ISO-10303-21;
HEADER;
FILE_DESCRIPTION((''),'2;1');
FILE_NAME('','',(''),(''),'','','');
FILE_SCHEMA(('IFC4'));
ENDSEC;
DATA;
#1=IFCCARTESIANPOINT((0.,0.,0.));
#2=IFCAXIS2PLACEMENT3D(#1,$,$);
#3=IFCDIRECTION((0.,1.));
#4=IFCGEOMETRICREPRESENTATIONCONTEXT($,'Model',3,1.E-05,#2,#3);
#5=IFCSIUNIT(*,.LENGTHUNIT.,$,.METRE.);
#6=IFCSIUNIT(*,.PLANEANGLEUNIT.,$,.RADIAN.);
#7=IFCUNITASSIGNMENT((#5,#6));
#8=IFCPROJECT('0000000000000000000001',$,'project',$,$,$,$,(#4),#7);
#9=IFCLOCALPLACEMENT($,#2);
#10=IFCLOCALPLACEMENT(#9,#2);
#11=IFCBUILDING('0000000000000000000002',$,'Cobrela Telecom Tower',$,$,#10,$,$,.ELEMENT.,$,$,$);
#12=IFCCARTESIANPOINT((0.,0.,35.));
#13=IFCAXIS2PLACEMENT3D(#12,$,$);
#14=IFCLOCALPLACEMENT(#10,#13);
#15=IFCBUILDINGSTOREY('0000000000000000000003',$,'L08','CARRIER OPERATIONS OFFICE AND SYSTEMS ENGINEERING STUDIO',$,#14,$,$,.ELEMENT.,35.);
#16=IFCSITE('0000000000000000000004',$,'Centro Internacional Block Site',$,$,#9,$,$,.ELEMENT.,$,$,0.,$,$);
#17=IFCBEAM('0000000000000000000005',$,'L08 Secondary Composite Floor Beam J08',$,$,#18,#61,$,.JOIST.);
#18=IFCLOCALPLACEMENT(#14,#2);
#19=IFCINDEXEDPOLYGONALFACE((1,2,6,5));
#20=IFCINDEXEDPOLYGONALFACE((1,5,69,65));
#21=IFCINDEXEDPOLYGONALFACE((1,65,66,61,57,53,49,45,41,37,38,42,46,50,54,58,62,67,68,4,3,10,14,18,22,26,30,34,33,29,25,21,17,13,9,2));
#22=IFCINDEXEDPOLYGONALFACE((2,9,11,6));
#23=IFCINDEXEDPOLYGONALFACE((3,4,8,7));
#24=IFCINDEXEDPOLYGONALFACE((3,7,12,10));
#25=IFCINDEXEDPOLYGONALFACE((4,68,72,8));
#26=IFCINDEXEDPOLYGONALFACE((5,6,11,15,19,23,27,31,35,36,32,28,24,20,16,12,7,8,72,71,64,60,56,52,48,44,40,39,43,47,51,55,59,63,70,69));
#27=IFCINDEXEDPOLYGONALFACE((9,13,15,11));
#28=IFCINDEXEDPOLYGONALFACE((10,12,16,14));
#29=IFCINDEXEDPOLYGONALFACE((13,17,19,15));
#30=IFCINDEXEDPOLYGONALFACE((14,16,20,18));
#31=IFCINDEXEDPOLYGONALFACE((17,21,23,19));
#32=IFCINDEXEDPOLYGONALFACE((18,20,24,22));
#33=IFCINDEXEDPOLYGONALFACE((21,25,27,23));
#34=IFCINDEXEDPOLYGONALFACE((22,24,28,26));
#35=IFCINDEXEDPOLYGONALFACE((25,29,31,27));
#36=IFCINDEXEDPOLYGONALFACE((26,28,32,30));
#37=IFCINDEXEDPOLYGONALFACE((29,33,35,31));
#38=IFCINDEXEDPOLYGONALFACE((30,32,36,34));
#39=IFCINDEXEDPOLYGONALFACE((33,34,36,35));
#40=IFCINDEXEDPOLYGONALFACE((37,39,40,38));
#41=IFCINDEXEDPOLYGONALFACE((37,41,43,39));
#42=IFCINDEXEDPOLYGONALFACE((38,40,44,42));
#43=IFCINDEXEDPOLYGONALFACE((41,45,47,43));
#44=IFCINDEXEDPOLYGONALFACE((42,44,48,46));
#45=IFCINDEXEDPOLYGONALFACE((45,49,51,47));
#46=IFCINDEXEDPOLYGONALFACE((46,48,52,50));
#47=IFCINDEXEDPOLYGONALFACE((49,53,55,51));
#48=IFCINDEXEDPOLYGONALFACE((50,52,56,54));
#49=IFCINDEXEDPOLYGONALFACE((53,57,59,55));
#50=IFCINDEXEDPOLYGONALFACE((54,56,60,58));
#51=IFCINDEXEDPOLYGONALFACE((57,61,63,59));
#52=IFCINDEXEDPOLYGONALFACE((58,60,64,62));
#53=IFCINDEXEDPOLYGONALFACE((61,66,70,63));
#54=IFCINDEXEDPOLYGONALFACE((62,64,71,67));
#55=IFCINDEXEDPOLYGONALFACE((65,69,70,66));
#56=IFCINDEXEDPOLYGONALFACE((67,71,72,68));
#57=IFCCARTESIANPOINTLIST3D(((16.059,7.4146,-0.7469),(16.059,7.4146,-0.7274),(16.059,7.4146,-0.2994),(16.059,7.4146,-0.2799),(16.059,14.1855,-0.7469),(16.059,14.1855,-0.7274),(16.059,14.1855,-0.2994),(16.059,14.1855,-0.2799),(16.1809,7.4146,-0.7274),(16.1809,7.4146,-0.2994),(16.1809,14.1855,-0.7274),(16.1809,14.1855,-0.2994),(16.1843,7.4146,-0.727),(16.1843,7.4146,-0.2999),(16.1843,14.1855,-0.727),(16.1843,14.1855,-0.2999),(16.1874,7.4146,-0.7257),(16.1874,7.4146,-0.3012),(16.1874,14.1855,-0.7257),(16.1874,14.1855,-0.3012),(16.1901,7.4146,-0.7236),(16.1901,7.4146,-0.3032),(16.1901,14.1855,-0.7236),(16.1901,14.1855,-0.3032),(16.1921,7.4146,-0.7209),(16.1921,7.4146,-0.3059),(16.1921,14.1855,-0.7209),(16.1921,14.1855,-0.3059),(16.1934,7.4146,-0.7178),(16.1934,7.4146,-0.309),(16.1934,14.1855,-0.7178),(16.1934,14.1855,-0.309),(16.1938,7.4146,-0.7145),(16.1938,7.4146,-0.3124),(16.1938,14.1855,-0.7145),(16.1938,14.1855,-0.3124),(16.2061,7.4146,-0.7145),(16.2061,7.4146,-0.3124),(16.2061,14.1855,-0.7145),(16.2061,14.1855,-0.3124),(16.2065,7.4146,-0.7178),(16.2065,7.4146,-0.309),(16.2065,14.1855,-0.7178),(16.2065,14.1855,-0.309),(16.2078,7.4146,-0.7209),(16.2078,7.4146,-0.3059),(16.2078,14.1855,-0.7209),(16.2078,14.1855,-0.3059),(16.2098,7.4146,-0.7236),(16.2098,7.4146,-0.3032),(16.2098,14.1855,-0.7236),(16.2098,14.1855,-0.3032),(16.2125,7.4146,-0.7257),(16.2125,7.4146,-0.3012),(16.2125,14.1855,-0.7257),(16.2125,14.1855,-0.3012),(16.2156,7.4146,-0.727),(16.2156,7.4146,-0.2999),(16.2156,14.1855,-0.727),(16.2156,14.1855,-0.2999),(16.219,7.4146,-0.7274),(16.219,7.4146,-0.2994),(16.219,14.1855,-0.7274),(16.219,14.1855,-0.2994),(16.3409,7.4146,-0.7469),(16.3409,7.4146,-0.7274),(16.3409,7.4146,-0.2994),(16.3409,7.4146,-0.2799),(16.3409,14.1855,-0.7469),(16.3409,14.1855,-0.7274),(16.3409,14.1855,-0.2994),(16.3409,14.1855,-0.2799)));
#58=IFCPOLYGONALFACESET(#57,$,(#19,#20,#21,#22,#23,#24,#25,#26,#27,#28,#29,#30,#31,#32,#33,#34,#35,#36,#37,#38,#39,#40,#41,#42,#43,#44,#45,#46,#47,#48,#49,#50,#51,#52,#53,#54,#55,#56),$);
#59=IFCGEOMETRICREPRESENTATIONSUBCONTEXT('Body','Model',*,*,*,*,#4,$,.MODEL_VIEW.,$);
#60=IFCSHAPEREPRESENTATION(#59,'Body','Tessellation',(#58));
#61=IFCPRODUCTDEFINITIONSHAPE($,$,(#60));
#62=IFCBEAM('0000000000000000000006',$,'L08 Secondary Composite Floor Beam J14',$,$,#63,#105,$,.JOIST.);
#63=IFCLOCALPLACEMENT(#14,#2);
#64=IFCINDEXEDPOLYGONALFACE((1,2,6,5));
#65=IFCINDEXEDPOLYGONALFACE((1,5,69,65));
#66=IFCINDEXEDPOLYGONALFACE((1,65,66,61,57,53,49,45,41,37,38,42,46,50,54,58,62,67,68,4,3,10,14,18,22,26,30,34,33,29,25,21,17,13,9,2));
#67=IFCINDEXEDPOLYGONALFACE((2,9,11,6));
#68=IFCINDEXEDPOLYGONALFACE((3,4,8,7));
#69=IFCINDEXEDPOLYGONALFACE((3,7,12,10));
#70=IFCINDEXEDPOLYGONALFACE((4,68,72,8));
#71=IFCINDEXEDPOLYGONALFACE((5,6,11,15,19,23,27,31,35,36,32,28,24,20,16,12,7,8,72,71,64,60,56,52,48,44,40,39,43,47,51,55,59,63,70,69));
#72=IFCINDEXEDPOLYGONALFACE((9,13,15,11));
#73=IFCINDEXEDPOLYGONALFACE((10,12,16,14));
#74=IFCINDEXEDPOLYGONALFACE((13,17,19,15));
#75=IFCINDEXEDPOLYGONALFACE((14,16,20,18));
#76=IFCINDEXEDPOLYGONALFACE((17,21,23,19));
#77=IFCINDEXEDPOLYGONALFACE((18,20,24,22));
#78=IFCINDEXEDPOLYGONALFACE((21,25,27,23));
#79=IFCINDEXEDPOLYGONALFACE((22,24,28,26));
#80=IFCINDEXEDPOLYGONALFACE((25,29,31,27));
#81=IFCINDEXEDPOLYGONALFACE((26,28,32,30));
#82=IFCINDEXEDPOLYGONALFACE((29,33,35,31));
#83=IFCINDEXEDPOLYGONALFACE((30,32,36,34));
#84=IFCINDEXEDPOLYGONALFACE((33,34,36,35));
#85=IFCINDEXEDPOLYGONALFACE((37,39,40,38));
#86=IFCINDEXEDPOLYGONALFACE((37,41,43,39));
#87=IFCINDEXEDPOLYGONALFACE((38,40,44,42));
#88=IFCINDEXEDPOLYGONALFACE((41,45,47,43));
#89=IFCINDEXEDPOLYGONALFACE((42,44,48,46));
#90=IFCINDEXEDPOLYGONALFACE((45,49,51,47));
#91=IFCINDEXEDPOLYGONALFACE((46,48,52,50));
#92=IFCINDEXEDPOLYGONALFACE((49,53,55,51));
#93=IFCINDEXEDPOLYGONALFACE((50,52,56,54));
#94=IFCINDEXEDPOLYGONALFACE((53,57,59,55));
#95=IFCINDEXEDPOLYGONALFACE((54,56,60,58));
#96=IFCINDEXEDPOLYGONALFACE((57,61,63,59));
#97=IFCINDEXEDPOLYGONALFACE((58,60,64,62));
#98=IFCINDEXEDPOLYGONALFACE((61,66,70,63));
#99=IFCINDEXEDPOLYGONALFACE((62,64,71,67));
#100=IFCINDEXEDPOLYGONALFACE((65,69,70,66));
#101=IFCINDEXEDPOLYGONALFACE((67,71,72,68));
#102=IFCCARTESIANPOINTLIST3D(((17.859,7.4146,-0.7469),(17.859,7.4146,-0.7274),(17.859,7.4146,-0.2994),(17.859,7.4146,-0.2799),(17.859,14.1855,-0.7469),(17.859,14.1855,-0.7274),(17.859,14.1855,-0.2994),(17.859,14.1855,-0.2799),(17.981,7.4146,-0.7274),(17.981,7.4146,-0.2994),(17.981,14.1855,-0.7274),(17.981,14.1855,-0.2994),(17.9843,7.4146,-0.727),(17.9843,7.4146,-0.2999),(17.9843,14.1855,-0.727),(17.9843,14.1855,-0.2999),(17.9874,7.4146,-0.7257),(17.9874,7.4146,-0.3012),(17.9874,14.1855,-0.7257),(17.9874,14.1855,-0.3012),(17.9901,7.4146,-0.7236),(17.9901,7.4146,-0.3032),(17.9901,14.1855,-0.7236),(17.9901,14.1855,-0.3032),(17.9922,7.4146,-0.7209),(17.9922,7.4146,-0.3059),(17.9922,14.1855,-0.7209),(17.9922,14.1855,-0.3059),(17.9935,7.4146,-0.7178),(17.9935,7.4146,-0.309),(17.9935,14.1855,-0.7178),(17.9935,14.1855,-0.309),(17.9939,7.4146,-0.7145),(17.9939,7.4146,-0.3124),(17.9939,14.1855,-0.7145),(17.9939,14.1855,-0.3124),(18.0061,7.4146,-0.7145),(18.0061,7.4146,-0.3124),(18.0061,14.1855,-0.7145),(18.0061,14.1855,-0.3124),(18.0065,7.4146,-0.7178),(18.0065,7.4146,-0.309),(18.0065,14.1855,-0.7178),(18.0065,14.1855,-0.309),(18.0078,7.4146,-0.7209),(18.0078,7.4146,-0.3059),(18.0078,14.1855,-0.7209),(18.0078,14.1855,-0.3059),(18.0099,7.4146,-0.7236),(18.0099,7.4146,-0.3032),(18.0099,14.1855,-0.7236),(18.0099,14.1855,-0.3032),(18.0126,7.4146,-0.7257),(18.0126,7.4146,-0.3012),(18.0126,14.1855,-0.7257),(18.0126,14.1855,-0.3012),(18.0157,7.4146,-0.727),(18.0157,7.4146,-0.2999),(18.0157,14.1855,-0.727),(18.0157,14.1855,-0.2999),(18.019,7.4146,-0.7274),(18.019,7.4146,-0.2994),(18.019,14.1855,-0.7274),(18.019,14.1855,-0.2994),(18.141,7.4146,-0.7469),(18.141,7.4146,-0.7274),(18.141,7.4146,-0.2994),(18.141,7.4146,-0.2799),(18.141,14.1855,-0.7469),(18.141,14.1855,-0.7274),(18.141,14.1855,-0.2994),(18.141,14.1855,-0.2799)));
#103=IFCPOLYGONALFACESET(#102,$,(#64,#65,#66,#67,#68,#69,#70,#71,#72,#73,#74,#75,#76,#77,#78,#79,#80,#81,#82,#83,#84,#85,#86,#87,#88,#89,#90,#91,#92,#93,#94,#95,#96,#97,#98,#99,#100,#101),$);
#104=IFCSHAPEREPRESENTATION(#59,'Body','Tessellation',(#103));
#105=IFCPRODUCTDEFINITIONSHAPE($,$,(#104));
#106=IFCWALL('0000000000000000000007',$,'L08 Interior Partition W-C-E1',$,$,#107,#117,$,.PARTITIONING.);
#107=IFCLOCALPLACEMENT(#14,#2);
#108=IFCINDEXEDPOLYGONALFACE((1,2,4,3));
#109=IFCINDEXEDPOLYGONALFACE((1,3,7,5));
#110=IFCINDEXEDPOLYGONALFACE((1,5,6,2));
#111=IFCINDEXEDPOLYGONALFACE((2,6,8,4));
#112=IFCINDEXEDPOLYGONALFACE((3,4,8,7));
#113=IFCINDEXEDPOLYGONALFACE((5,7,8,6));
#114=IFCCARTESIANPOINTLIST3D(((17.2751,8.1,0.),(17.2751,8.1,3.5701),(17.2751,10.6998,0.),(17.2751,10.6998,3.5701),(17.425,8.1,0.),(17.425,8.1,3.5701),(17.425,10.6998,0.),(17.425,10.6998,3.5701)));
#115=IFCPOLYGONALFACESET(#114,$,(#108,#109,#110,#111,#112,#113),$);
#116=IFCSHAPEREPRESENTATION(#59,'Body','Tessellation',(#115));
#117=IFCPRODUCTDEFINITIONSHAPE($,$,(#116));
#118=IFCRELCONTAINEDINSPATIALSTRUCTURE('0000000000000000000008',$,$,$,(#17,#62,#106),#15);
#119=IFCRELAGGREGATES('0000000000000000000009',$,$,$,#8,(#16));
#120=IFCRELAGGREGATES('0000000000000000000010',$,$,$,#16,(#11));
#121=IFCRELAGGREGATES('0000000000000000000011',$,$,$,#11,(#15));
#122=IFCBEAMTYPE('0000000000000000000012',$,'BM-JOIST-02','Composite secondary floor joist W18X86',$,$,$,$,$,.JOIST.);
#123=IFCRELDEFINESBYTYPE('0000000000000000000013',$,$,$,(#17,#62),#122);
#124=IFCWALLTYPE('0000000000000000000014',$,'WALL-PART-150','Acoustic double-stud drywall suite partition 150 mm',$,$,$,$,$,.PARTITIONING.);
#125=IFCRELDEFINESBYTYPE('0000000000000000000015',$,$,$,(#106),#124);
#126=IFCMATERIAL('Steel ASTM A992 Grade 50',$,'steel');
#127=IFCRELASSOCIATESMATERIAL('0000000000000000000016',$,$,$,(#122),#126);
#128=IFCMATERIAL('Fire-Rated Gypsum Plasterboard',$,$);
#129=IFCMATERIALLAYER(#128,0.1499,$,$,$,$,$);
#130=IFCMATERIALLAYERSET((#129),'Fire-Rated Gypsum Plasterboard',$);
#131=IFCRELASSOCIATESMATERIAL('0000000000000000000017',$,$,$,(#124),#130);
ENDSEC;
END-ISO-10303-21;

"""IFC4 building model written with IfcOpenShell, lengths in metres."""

from ifc_helpers import new_model, si_unit, direction, frame, frame_2d, origin, origin_2d, place, context, subcontext, project, spatial, rectangle, i_section, extrude, material, layer, layer_set, material_profile, profile_set, type_object, element, save


model = new_model("IFC4")

# Units and contexts
model_context = context("Model", 3, precision=1e-05, world=origin(), true_north=direction((0.0, 1.0)))
body_context = subcontext(model_context, "Body", "Model", "MODEL_VIEW")
ifc_project = project(units=[si_unit("LENGTHUNIT", "METRE"), si_unit("PLANEANGLEUNIT", "RADIAN")], contexts=[model_context])

# Site, building, storey
site_placement = place(None, origin())
site = spatial("IfcSite", under=ifc_project, at=site_placement, Name="Centro Internacional Block Site", CompositionType="ELEMENT", RefElevation=0.0)
building_placement = place(site_placement, origin())
building = spatial("IfcBuilding", under=site, at=building_placement, Name="Cobrela Telecom Tower", CompositionType="ELEMENT")
storey_placement = place(building_placement, frame((0.0, 0.0, 35.0)))
storey = spatial("IfcBuildingStorey", under=building, at=storey_placement, Name="L08", Description="CARRIER OPERATIONS OFFICE AND SYSTEMS ENGINEERING STUDIO", CompositionType="ELEMENT", Elevation=35.0)

# Beams
ifc_material_1 = material(Name="Steel ASTM A992 Grade 50", Category="steel")
ifc_material_profile = material_profile(ifc_material_1, i_section(OverallWidth=0.282, OverallDepth=0.467, WebThickness=0.0122, FlangeThickness=0.0195, FilletRadius=0.0129, at=origin_2d()), Name="W18X86")
ifc_profile_set = profile_set([ifc_material_profile], Name="Steel ASTM A992 Grade 50")
beam_type = type_object("IfcBeamType", Name="BM-JOIST-02", Description="Composite secondary floor joist W18X86", PredefinedType="JOIST", material=ifc_profile_set)
for number, where, z_axis, x_axis, name in (
    (1, (16.2, 7.4146, -0.5134), (0.0, 1.0, 0.0), (-1.0, 0.0, 0.0), "L08 Secondary Composite Floor Beam J08"),
    (2, (18.0, 7.4146, -0.5134), (0.0, 1.0, 0.0), (-1.0, 0.0, 0.0), "L08 Secondary Composite Floor Beam J14"),
):
    element("IfcBeam", number, at=place(storey_placement, frame(where, z_axis=z_axis, x_axis=x_axis)), inside=storey, type_object=beam_type, Name=name, PredefinedType="JOIST", context=body_context, shape_type="SweptSolid", body=[
        extrude(i_section(OverallWidth=0.282, OverallDepth=0.467, WebThickness=0.0122, FlangeThickness=0.0195, FilletRadius=0.0129, at=origin_2d()), origin(), (0.0, 0.0, 1.0), 6.771),
    ])

# Shared definitions
ifc_material_2 = material(Name="Fire-Rated Gypsum Plasterboard")
ifc_layer_1 = layer(ifc_material_2, 0.1499)
ifc_layer_set_1 = layer_set([ifc_layer_1], Name="Fire-Rated Gypsum Plasterboard")
wall_type_1 = type_object("IfcWallType", Name="WALL-PART-150", Description="Acoustic double-stud drywall suite partition 150 mm", PredefinedType="PARTITIONING", material=ifc_layer_set_1)

# Wall
wall_1_placement = place(storey_placement, frame((17.3501, 8.1001, 0.0), z_axis=(0.0, 0.0, 1.0), x_axis=(0.0, 1.0, 0.0)))
element("IfcWall", 3, at=wall_1_placement, inside=storey, type_object=wall_type_1, Name="L08 Interior Partition W-C-E1", PredefinedType="PARTITIONING", context=body_context, shape_type="SweptSolid", body=[
    extrude(rectangle(XDim=2.5999, YDim=0.1499, at=frame_2d((1.2998, 0.0))), origin(), (0.0, 0.0, 1.0), 3.5701),
])

save(model, "model.ifc")
